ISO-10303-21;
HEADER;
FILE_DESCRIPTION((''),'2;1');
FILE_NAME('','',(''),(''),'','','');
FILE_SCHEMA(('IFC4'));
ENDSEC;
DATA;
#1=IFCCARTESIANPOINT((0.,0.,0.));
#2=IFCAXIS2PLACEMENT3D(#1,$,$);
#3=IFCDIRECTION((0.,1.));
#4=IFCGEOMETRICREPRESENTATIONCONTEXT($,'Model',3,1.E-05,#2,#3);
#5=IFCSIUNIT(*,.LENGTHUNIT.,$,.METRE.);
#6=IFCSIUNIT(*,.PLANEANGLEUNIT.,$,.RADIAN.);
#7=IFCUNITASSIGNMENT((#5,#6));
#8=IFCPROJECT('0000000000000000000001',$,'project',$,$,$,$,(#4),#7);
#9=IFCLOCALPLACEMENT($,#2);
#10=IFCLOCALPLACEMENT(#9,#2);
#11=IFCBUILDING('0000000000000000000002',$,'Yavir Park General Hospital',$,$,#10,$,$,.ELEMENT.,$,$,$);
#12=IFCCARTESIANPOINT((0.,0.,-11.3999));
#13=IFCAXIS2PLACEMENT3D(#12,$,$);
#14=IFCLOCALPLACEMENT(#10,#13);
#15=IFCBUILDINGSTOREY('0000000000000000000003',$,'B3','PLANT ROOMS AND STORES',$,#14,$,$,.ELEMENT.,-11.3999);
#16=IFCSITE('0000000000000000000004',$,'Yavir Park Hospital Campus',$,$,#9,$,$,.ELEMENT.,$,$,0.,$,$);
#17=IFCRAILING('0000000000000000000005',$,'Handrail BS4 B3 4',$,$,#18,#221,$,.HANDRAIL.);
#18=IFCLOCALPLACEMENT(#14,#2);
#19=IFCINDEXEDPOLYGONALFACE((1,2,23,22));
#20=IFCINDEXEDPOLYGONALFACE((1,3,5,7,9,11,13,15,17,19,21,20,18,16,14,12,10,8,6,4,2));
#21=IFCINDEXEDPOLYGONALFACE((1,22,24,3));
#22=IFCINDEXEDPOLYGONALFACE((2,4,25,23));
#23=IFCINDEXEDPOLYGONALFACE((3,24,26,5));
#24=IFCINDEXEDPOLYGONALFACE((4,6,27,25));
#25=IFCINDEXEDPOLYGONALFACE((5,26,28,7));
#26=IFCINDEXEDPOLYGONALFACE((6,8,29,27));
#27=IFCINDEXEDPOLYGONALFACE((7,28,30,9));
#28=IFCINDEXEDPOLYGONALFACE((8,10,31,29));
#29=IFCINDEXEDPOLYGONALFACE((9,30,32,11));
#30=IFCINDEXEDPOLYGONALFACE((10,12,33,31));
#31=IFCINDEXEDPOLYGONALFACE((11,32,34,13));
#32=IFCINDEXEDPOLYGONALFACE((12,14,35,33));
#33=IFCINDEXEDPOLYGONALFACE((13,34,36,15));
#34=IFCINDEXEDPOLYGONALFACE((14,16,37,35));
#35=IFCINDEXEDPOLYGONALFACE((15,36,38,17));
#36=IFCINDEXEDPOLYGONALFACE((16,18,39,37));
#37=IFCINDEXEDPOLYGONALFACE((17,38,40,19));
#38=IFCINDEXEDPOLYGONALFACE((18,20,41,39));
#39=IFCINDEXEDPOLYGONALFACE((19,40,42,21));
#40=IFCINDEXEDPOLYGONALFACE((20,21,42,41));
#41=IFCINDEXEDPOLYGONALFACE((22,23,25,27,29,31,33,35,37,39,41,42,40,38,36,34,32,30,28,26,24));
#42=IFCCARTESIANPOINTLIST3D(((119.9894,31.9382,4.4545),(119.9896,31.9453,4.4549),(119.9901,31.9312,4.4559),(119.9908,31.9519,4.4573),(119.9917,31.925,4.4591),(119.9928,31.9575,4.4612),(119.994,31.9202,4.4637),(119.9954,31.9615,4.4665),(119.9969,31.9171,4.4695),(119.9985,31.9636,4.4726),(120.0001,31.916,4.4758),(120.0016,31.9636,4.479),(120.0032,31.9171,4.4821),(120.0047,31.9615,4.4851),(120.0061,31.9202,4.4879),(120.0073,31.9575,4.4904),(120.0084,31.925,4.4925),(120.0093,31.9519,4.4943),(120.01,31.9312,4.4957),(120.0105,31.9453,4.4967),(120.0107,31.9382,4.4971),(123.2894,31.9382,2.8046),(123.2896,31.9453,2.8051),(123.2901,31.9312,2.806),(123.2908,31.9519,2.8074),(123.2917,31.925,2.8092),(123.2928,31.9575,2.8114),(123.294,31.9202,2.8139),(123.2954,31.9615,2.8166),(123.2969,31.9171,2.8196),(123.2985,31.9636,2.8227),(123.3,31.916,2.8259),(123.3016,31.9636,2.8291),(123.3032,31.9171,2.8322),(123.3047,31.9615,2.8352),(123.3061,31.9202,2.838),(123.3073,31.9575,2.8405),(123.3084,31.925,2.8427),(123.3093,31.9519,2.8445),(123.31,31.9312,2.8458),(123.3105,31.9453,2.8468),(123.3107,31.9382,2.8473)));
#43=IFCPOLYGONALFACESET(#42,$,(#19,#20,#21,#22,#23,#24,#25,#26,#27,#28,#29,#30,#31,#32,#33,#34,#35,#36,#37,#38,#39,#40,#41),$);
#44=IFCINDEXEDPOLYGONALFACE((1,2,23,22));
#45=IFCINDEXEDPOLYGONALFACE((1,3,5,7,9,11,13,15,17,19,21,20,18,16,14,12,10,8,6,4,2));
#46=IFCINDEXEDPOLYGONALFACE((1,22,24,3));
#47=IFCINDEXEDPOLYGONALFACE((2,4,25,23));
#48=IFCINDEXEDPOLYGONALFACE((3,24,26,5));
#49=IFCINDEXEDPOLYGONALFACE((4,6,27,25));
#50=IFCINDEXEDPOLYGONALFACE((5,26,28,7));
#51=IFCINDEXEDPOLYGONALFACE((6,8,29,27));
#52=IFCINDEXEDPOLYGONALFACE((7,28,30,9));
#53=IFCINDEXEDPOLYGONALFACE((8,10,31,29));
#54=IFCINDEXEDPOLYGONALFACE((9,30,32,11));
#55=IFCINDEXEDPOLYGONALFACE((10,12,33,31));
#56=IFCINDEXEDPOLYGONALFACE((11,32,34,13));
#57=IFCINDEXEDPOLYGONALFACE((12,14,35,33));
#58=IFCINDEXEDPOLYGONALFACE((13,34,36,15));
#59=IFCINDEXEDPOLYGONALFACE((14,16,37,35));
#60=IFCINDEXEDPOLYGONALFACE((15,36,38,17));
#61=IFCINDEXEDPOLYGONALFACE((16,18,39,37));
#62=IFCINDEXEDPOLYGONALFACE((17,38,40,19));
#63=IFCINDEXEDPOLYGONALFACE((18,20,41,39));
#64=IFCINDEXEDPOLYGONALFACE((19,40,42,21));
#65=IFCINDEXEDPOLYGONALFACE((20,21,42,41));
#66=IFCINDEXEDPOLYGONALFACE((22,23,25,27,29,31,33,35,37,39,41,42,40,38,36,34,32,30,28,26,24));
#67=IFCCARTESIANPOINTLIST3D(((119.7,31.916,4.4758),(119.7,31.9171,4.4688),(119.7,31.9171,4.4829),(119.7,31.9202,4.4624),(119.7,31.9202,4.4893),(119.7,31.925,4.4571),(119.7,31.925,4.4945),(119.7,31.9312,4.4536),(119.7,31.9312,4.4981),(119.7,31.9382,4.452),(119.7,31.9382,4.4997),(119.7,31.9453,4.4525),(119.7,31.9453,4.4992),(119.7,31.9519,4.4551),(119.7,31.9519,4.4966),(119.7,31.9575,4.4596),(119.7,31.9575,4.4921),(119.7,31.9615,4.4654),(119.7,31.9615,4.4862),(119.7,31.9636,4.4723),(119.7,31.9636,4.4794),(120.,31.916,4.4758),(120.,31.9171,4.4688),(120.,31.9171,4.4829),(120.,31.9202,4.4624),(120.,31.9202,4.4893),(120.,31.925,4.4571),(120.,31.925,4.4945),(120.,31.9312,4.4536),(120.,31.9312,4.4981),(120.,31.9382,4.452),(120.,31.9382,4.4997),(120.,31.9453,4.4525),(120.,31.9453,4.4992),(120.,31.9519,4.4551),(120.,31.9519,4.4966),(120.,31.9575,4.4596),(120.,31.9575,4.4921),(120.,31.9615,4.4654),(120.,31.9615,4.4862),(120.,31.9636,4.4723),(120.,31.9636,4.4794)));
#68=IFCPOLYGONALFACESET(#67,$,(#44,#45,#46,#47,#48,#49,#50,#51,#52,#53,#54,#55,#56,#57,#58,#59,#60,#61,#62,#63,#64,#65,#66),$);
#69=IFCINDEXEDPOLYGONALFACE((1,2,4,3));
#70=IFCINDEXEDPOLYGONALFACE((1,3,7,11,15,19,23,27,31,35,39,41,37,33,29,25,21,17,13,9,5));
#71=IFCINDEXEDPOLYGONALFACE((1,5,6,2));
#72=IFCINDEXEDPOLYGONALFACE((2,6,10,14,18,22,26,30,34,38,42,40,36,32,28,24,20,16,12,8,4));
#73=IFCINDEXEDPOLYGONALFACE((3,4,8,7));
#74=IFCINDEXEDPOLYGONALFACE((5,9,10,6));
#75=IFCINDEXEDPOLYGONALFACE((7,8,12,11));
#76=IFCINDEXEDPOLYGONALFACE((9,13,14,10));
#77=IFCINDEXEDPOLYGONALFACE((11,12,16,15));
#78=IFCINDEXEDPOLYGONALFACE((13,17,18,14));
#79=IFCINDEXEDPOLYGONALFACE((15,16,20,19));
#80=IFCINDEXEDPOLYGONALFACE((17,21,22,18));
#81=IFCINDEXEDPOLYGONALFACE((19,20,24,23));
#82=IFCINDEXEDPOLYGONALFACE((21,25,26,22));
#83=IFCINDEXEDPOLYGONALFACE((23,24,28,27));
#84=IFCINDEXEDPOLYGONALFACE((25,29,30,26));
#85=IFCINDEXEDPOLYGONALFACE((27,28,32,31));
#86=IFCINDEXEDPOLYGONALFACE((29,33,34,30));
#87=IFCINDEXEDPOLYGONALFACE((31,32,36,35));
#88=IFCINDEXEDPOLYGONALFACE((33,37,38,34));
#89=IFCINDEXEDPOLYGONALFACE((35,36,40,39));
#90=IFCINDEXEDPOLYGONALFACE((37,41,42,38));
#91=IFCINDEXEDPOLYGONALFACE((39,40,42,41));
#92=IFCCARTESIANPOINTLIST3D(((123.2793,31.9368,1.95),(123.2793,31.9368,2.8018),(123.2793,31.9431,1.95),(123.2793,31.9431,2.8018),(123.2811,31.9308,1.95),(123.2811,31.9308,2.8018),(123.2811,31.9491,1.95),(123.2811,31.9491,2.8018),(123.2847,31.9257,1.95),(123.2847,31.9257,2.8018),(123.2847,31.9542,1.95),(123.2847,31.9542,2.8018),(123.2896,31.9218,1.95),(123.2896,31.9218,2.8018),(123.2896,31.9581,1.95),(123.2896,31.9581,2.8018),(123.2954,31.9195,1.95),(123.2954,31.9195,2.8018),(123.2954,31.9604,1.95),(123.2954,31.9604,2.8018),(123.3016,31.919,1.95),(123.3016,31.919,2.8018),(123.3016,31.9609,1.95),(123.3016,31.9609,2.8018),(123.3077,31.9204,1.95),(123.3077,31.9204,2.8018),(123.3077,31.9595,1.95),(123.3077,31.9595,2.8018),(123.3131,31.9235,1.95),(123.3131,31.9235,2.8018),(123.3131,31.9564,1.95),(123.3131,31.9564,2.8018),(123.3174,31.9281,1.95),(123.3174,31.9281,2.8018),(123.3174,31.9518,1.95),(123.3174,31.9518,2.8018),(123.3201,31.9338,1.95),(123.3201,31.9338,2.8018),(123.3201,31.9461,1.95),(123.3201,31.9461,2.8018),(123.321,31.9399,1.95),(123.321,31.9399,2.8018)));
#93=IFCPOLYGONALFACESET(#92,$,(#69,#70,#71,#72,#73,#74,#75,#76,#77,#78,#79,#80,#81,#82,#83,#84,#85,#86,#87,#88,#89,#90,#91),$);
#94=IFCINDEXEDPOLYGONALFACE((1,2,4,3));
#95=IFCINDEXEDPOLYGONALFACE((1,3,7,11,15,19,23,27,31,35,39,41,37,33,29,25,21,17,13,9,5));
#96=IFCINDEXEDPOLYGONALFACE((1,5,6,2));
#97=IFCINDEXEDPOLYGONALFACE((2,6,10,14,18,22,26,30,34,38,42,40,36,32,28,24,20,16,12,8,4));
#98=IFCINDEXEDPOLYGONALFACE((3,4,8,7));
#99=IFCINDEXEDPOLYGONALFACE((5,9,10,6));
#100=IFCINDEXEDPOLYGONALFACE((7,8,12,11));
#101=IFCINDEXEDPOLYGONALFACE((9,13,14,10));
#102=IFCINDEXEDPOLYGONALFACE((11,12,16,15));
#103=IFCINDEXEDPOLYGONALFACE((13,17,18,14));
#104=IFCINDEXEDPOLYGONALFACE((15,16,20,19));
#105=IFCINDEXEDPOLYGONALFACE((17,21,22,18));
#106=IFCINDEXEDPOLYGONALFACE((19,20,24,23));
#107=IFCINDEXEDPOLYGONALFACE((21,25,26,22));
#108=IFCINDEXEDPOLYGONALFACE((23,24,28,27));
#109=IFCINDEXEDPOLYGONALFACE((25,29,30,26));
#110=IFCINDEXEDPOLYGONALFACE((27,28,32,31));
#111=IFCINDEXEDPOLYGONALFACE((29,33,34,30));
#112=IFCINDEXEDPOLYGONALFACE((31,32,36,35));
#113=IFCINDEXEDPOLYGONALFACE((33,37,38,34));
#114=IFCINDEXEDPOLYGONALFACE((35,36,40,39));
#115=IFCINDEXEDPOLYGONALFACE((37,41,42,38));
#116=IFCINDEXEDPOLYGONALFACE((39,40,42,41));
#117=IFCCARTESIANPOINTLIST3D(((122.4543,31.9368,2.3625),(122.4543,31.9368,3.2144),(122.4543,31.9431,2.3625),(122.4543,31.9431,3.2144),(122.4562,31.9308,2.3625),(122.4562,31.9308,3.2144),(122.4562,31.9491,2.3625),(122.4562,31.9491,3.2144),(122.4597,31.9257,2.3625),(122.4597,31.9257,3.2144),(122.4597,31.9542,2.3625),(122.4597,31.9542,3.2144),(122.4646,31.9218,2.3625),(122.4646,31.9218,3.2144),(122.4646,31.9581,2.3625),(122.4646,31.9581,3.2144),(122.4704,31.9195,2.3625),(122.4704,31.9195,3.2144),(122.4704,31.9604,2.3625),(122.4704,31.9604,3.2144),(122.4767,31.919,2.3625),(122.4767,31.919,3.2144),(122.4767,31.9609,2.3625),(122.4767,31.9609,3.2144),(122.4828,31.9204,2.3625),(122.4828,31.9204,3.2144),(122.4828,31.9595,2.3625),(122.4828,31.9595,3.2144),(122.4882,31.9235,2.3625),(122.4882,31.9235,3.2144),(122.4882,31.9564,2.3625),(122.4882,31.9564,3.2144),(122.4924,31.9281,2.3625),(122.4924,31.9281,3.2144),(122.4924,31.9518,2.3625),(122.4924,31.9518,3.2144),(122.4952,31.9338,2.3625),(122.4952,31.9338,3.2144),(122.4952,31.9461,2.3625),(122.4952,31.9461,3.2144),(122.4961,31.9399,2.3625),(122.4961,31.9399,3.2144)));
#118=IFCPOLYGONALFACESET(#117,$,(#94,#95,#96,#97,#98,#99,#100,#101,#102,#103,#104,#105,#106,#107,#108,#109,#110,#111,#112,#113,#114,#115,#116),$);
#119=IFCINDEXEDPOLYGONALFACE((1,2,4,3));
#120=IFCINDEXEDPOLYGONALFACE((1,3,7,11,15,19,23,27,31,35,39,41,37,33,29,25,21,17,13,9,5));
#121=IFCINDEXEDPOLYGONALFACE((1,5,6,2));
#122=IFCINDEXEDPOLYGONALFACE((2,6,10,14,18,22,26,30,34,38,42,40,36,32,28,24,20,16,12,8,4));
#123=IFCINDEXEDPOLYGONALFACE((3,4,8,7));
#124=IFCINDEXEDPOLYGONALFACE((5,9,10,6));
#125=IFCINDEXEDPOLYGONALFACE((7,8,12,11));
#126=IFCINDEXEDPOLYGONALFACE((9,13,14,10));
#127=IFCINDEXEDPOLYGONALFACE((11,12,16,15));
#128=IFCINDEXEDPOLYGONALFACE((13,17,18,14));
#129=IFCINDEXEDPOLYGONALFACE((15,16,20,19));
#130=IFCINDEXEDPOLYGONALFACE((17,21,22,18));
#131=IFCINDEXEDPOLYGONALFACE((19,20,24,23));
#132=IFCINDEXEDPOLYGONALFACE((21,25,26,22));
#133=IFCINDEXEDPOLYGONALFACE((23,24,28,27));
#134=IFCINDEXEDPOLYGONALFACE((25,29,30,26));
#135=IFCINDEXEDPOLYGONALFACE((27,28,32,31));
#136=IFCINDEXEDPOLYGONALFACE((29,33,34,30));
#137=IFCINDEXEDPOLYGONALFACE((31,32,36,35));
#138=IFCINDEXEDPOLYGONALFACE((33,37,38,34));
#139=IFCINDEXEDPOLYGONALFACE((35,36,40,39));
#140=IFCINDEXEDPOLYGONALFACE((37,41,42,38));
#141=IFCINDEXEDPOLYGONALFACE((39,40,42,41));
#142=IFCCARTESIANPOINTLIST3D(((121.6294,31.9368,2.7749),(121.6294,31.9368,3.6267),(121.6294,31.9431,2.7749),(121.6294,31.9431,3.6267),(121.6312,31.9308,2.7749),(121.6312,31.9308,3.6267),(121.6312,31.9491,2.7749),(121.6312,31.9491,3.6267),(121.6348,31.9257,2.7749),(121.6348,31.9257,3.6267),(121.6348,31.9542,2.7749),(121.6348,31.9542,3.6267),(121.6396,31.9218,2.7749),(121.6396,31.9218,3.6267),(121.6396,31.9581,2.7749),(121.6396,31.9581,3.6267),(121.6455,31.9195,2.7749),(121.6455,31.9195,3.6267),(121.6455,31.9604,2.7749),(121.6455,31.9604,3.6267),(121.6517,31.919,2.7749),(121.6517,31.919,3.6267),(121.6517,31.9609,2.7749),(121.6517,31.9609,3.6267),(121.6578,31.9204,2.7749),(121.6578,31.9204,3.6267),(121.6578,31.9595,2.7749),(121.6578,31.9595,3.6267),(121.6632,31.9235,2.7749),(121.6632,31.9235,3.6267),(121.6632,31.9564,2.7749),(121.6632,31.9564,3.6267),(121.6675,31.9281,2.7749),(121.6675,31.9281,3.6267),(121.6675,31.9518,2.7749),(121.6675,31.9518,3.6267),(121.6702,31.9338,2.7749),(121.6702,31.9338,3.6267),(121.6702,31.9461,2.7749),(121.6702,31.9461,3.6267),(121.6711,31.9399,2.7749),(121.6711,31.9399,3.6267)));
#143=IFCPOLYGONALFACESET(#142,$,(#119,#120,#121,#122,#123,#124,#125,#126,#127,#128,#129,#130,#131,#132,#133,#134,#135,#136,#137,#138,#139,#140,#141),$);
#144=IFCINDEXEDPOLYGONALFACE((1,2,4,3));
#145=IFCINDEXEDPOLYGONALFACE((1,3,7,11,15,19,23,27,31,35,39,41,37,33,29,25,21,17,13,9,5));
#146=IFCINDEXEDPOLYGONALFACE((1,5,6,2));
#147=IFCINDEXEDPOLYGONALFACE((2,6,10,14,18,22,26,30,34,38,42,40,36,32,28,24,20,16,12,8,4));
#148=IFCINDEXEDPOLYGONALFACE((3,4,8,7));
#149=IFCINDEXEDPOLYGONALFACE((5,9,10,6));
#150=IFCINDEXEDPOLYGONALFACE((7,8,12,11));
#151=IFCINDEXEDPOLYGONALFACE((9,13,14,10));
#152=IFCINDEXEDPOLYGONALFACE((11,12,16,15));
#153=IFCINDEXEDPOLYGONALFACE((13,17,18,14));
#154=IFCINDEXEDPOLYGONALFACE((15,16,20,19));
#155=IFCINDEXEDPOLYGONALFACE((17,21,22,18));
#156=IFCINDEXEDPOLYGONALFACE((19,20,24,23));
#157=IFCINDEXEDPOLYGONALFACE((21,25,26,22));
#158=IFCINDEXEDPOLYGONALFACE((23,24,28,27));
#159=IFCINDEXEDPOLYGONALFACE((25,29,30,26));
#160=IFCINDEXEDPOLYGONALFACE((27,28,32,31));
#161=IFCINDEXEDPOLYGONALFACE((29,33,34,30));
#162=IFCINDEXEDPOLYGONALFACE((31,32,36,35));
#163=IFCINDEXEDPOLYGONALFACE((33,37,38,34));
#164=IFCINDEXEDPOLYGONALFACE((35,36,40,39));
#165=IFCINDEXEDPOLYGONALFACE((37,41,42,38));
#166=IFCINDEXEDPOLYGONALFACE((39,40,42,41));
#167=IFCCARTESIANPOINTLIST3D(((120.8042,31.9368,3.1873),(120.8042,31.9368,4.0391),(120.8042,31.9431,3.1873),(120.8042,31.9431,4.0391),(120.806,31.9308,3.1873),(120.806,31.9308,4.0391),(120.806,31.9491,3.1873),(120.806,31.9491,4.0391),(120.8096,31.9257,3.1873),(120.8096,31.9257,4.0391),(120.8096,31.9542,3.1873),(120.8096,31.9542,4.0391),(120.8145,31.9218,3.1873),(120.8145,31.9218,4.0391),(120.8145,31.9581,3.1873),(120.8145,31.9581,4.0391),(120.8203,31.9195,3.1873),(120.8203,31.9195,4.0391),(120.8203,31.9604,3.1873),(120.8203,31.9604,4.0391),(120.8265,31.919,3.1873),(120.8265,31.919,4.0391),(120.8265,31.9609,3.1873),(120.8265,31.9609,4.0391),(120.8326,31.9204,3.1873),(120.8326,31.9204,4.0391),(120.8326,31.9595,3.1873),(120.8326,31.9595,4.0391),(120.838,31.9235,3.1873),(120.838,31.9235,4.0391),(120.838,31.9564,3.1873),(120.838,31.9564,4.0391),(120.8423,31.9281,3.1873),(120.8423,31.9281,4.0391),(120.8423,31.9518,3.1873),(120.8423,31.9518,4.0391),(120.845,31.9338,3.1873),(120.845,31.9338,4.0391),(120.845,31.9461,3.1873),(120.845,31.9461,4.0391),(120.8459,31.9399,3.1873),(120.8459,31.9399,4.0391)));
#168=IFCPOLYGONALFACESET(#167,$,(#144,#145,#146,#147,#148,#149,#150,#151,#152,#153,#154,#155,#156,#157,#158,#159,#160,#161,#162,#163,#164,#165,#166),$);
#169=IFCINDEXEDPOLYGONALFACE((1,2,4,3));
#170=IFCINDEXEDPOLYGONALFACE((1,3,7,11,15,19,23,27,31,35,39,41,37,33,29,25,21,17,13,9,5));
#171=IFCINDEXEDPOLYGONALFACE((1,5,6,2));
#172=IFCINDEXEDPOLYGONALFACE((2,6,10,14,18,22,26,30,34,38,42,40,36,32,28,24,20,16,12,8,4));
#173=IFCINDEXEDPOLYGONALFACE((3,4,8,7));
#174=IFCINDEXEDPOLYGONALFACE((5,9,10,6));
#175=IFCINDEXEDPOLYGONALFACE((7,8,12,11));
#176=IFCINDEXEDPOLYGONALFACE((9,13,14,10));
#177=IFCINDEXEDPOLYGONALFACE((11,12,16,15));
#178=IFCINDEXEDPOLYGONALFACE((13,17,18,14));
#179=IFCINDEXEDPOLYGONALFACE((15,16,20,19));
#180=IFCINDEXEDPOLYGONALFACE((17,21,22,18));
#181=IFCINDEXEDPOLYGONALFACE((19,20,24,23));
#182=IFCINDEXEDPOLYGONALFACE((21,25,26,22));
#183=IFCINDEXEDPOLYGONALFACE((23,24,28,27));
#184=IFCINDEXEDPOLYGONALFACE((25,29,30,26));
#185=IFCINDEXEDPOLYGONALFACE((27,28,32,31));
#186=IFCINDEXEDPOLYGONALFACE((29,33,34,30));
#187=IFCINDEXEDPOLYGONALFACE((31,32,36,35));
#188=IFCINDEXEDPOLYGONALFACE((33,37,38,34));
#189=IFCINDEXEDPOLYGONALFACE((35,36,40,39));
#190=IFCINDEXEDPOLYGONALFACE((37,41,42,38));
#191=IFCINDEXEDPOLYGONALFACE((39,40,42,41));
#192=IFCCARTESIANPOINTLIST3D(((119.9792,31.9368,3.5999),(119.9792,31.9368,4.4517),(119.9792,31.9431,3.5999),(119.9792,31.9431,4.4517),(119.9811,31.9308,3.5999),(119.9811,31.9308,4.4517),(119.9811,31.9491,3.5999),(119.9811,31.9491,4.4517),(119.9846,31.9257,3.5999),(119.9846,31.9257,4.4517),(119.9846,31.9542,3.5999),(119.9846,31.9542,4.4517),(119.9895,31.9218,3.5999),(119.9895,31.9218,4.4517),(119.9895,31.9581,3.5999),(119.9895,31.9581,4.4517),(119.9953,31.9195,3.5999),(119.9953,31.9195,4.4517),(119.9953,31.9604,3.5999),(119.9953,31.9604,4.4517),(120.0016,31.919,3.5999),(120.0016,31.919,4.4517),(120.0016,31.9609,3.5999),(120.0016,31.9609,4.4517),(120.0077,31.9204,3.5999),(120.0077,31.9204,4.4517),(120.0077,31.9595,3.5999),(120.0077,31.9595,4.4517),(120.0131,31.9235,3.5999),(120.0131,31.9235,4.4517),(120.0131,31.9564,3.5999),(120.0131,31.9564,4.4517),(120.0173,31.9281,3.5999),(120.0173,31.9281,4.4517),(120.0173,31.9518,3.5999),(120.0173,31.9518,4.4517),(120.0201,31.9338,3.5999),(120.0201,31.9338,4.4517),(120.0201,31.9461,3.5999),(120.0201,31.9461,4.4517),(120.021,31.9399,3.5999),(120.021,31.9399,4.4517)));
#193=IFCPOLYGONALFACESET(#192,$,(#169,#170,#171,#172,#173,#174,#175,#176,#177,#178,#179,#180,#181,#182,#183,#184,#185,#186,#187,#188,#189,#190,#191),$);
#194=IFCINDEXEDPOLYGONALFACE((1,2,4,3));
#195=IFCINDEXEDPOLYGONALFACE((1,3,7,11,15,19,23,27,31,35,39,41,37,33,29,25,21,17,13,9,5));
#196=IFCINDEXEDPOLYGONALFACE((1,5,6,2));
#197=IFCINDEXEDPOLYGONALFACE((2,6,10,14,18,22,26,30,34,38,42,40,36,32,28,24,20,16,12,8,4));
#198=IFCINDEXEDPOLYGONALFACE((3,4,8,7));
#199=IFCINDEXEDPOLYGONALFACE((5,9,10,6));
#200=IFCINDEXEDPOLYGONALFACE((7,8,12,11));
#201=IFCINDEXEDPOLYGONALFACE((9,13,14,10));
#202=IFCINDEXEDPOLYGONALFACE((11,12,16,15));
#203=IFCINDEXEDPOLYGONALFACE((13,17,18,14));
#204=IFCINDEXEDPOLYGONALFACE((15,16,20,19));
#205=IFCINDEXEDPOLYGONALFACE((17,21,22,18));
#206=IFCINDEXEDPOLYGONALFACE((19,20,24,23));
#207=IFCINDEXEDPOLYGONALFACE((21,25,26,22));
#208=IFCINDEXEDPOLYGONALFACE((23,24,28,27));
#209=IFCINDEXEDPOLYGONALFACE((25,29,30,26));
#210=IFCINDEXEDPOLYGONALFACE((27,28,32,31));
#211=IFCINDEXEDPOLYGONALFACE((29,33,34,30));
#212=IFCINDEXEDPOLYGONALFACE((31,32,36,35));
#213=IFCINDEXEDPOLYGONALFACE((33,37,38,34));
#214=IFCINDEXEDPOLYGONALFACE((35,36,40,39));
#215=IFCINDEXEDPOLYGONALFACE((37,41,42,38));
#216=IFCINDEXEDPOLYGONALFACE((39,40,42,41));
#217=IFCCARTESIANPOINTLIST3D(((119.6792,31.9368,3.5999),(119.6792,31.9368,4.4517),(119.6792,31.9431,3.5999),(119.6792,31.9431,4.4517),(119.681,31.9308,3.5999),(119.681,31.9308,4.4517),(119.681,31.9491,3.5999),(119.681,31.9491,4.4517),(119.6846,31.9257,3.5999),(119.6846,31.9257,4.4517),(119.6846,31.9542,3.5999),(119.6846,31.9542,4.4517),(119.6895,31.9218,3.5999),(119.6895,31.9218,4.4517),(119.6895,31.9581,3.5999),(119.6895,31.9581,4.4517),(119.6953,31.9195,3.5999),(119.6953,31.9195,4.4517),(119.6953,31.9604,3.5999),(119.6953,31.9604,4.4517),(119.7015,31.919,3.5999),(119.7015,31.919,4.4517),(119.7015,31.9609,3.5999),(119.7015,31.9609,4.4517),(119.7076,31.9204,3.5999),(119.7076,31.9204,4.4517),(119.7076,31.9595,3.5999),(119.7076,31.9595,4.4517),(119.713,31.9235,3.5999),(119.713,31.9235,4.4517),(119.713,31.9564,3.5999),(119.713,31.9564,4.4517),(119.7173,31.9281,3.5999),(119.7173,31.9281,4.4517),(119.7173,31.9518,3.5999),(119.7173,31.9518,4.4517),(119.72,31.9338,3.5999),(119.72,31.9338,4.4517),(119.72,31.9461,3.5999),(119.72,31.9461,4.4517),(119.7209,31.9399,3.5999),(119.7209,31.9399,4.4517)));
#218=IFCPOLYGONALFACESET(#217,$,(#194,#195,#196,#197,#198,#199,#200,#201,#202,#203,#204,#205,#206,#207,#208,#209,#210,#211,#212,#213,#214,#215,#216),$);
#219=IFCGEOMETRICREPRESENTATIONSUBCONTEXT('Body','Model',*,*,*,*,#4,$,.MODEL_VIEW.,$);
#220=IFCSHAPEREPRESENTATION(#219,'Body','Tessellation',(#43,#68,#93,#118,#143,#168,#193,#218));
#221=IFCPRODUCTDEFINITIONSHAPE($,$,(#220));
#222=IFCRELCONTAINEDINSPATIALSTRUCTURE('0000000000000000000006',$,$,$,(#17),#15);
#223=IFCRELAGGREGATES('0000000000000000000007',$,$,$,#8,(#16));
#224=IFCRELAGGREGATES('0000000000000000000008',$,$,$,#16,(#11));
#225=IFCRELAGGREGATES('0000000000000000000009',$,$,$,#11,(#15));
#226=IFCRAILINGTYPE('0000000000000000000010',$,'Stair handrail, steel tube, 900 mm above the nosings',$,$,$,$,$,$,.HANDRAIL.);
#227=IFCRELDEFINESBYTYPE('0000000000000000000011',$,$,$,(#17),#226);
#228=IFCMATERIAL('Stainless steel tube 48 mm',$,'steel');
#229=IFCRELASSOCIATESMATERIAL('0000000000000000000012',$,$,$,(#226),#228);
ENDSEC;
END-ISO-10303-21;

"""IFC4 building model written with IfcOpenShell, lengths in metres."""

from ifc_helpers import new_model, si_unit, direction, frame, origin, origin_2d, place, context, subcontext, project, spatial, circle, extrude, material, type_object, element, save


model = new_model("IFC4")

# Units and contexts
model_context = context("Model", 3, precision=1e-05, world=origin(), true_north=direction((0.0, 1.0)))
body_context = subcontext(model_context, "Body", "Model", "MODEL_VIEW")
ifc_project = project(units=[si_unit("LENGTHUNIT", "METRE"), si_unit("PLANEANGLEUNIT", "RADIAN")], contexts=[model_context])

# Site, building, storey
site_placement = place(None, origin())
site = spatial("IfcSite", under=ifc_project, at=site_placement, Name="Yavir Park Hospital Campus", CompositionType="ELEMENT", RefElevation=0.0)
building_placement = place(site_placement, origin())
building = spatial("IfcBuilding", under=site, at=building_placement, Name="Yavir Park General Hospital", CompositionType="ELEMENT")
storey_placement = place(building_placement, frame((0.0, 0.0, -11.3999)))
storey = spatial("IfcBuildingStorey", under=building, at=storey_placement, Name="B3", Description="PLANT ROOMS AND STORES", CompositionType="ELEMENT", Elevation=-11.3999)

# Railing
ifc_material_1 = material(Name="Stainless steel tube 48 mm", Category="steel")
railing_type = type_object("IfcRailingType", Name="Stair handrail, steel tube, 900 mm above the nosings", PredefinedType="HANDRAIL", material=ifc_material_1)
railing_placement = place(storey_placement, frame((123.3, 31.9399, 1.95)))
element("IfcRailing", 1, at=railing_placement, inside=storey, type_object=railing_type, Name="Handrail BS4 B3 4", PredefinedType="HANDRAIL", context=body_context, shape_type="SweptSolid", body=[
    extrude(circle(Radius=0.0239, at=origin_2d()), frame((0.0, 0.0, 0.876), z_axis=(-0.89444, 0.0, 0.447187), x_axis=(0.0, -1.0, 0.0)), (0.0, 0.0, 1.0), 3.6895),
    extrude(circle(Radius=0.0239, at=origin_2d()), frame((-3.3, 0.0, 2.5259), z_axis=(-1.0, 0.0, 0.0), x_axis=(0.0, -1.0, 0.0)), (0.0, 0.0, 1.0), 0.3),
    extrude(circle(Radius=0.021, at=origin_2d()), origin(), (0.0, 0.0, 1.0), 0.8518),
    extrude(circle(Radius=0.021, at=origin_2d()), frame((-0.825, 0.0, 0.4126)), (0.0, 0.0, 1.0), 0.8518),
    extrude(circle(Radius=0.021, at=origin_2d()), frame((-1.6499, 0.0, 0.825)), (0.0, 0.0, 1.0), 0.8518),
    extrude(circle(Radius=0.021, at=origin_2d()), frame((-2.4751, 0.0, 1.2373)), (0.0, 0.0, 1.0), 0.8518),
    extrude(circle(Radius=0.021, at=origin_2d()), frame((-3.3, 0.0, 1.6499)), (0.0, 0.0, 1.0), 0.8518),
    extrude(circle(Radius=0.021, at=origin_2d()), frame((-3.6001, 0.0, 1.6499)), (0.0, 0.0, 1.0), 0.8518),
])

save(model, "model.ifc")
